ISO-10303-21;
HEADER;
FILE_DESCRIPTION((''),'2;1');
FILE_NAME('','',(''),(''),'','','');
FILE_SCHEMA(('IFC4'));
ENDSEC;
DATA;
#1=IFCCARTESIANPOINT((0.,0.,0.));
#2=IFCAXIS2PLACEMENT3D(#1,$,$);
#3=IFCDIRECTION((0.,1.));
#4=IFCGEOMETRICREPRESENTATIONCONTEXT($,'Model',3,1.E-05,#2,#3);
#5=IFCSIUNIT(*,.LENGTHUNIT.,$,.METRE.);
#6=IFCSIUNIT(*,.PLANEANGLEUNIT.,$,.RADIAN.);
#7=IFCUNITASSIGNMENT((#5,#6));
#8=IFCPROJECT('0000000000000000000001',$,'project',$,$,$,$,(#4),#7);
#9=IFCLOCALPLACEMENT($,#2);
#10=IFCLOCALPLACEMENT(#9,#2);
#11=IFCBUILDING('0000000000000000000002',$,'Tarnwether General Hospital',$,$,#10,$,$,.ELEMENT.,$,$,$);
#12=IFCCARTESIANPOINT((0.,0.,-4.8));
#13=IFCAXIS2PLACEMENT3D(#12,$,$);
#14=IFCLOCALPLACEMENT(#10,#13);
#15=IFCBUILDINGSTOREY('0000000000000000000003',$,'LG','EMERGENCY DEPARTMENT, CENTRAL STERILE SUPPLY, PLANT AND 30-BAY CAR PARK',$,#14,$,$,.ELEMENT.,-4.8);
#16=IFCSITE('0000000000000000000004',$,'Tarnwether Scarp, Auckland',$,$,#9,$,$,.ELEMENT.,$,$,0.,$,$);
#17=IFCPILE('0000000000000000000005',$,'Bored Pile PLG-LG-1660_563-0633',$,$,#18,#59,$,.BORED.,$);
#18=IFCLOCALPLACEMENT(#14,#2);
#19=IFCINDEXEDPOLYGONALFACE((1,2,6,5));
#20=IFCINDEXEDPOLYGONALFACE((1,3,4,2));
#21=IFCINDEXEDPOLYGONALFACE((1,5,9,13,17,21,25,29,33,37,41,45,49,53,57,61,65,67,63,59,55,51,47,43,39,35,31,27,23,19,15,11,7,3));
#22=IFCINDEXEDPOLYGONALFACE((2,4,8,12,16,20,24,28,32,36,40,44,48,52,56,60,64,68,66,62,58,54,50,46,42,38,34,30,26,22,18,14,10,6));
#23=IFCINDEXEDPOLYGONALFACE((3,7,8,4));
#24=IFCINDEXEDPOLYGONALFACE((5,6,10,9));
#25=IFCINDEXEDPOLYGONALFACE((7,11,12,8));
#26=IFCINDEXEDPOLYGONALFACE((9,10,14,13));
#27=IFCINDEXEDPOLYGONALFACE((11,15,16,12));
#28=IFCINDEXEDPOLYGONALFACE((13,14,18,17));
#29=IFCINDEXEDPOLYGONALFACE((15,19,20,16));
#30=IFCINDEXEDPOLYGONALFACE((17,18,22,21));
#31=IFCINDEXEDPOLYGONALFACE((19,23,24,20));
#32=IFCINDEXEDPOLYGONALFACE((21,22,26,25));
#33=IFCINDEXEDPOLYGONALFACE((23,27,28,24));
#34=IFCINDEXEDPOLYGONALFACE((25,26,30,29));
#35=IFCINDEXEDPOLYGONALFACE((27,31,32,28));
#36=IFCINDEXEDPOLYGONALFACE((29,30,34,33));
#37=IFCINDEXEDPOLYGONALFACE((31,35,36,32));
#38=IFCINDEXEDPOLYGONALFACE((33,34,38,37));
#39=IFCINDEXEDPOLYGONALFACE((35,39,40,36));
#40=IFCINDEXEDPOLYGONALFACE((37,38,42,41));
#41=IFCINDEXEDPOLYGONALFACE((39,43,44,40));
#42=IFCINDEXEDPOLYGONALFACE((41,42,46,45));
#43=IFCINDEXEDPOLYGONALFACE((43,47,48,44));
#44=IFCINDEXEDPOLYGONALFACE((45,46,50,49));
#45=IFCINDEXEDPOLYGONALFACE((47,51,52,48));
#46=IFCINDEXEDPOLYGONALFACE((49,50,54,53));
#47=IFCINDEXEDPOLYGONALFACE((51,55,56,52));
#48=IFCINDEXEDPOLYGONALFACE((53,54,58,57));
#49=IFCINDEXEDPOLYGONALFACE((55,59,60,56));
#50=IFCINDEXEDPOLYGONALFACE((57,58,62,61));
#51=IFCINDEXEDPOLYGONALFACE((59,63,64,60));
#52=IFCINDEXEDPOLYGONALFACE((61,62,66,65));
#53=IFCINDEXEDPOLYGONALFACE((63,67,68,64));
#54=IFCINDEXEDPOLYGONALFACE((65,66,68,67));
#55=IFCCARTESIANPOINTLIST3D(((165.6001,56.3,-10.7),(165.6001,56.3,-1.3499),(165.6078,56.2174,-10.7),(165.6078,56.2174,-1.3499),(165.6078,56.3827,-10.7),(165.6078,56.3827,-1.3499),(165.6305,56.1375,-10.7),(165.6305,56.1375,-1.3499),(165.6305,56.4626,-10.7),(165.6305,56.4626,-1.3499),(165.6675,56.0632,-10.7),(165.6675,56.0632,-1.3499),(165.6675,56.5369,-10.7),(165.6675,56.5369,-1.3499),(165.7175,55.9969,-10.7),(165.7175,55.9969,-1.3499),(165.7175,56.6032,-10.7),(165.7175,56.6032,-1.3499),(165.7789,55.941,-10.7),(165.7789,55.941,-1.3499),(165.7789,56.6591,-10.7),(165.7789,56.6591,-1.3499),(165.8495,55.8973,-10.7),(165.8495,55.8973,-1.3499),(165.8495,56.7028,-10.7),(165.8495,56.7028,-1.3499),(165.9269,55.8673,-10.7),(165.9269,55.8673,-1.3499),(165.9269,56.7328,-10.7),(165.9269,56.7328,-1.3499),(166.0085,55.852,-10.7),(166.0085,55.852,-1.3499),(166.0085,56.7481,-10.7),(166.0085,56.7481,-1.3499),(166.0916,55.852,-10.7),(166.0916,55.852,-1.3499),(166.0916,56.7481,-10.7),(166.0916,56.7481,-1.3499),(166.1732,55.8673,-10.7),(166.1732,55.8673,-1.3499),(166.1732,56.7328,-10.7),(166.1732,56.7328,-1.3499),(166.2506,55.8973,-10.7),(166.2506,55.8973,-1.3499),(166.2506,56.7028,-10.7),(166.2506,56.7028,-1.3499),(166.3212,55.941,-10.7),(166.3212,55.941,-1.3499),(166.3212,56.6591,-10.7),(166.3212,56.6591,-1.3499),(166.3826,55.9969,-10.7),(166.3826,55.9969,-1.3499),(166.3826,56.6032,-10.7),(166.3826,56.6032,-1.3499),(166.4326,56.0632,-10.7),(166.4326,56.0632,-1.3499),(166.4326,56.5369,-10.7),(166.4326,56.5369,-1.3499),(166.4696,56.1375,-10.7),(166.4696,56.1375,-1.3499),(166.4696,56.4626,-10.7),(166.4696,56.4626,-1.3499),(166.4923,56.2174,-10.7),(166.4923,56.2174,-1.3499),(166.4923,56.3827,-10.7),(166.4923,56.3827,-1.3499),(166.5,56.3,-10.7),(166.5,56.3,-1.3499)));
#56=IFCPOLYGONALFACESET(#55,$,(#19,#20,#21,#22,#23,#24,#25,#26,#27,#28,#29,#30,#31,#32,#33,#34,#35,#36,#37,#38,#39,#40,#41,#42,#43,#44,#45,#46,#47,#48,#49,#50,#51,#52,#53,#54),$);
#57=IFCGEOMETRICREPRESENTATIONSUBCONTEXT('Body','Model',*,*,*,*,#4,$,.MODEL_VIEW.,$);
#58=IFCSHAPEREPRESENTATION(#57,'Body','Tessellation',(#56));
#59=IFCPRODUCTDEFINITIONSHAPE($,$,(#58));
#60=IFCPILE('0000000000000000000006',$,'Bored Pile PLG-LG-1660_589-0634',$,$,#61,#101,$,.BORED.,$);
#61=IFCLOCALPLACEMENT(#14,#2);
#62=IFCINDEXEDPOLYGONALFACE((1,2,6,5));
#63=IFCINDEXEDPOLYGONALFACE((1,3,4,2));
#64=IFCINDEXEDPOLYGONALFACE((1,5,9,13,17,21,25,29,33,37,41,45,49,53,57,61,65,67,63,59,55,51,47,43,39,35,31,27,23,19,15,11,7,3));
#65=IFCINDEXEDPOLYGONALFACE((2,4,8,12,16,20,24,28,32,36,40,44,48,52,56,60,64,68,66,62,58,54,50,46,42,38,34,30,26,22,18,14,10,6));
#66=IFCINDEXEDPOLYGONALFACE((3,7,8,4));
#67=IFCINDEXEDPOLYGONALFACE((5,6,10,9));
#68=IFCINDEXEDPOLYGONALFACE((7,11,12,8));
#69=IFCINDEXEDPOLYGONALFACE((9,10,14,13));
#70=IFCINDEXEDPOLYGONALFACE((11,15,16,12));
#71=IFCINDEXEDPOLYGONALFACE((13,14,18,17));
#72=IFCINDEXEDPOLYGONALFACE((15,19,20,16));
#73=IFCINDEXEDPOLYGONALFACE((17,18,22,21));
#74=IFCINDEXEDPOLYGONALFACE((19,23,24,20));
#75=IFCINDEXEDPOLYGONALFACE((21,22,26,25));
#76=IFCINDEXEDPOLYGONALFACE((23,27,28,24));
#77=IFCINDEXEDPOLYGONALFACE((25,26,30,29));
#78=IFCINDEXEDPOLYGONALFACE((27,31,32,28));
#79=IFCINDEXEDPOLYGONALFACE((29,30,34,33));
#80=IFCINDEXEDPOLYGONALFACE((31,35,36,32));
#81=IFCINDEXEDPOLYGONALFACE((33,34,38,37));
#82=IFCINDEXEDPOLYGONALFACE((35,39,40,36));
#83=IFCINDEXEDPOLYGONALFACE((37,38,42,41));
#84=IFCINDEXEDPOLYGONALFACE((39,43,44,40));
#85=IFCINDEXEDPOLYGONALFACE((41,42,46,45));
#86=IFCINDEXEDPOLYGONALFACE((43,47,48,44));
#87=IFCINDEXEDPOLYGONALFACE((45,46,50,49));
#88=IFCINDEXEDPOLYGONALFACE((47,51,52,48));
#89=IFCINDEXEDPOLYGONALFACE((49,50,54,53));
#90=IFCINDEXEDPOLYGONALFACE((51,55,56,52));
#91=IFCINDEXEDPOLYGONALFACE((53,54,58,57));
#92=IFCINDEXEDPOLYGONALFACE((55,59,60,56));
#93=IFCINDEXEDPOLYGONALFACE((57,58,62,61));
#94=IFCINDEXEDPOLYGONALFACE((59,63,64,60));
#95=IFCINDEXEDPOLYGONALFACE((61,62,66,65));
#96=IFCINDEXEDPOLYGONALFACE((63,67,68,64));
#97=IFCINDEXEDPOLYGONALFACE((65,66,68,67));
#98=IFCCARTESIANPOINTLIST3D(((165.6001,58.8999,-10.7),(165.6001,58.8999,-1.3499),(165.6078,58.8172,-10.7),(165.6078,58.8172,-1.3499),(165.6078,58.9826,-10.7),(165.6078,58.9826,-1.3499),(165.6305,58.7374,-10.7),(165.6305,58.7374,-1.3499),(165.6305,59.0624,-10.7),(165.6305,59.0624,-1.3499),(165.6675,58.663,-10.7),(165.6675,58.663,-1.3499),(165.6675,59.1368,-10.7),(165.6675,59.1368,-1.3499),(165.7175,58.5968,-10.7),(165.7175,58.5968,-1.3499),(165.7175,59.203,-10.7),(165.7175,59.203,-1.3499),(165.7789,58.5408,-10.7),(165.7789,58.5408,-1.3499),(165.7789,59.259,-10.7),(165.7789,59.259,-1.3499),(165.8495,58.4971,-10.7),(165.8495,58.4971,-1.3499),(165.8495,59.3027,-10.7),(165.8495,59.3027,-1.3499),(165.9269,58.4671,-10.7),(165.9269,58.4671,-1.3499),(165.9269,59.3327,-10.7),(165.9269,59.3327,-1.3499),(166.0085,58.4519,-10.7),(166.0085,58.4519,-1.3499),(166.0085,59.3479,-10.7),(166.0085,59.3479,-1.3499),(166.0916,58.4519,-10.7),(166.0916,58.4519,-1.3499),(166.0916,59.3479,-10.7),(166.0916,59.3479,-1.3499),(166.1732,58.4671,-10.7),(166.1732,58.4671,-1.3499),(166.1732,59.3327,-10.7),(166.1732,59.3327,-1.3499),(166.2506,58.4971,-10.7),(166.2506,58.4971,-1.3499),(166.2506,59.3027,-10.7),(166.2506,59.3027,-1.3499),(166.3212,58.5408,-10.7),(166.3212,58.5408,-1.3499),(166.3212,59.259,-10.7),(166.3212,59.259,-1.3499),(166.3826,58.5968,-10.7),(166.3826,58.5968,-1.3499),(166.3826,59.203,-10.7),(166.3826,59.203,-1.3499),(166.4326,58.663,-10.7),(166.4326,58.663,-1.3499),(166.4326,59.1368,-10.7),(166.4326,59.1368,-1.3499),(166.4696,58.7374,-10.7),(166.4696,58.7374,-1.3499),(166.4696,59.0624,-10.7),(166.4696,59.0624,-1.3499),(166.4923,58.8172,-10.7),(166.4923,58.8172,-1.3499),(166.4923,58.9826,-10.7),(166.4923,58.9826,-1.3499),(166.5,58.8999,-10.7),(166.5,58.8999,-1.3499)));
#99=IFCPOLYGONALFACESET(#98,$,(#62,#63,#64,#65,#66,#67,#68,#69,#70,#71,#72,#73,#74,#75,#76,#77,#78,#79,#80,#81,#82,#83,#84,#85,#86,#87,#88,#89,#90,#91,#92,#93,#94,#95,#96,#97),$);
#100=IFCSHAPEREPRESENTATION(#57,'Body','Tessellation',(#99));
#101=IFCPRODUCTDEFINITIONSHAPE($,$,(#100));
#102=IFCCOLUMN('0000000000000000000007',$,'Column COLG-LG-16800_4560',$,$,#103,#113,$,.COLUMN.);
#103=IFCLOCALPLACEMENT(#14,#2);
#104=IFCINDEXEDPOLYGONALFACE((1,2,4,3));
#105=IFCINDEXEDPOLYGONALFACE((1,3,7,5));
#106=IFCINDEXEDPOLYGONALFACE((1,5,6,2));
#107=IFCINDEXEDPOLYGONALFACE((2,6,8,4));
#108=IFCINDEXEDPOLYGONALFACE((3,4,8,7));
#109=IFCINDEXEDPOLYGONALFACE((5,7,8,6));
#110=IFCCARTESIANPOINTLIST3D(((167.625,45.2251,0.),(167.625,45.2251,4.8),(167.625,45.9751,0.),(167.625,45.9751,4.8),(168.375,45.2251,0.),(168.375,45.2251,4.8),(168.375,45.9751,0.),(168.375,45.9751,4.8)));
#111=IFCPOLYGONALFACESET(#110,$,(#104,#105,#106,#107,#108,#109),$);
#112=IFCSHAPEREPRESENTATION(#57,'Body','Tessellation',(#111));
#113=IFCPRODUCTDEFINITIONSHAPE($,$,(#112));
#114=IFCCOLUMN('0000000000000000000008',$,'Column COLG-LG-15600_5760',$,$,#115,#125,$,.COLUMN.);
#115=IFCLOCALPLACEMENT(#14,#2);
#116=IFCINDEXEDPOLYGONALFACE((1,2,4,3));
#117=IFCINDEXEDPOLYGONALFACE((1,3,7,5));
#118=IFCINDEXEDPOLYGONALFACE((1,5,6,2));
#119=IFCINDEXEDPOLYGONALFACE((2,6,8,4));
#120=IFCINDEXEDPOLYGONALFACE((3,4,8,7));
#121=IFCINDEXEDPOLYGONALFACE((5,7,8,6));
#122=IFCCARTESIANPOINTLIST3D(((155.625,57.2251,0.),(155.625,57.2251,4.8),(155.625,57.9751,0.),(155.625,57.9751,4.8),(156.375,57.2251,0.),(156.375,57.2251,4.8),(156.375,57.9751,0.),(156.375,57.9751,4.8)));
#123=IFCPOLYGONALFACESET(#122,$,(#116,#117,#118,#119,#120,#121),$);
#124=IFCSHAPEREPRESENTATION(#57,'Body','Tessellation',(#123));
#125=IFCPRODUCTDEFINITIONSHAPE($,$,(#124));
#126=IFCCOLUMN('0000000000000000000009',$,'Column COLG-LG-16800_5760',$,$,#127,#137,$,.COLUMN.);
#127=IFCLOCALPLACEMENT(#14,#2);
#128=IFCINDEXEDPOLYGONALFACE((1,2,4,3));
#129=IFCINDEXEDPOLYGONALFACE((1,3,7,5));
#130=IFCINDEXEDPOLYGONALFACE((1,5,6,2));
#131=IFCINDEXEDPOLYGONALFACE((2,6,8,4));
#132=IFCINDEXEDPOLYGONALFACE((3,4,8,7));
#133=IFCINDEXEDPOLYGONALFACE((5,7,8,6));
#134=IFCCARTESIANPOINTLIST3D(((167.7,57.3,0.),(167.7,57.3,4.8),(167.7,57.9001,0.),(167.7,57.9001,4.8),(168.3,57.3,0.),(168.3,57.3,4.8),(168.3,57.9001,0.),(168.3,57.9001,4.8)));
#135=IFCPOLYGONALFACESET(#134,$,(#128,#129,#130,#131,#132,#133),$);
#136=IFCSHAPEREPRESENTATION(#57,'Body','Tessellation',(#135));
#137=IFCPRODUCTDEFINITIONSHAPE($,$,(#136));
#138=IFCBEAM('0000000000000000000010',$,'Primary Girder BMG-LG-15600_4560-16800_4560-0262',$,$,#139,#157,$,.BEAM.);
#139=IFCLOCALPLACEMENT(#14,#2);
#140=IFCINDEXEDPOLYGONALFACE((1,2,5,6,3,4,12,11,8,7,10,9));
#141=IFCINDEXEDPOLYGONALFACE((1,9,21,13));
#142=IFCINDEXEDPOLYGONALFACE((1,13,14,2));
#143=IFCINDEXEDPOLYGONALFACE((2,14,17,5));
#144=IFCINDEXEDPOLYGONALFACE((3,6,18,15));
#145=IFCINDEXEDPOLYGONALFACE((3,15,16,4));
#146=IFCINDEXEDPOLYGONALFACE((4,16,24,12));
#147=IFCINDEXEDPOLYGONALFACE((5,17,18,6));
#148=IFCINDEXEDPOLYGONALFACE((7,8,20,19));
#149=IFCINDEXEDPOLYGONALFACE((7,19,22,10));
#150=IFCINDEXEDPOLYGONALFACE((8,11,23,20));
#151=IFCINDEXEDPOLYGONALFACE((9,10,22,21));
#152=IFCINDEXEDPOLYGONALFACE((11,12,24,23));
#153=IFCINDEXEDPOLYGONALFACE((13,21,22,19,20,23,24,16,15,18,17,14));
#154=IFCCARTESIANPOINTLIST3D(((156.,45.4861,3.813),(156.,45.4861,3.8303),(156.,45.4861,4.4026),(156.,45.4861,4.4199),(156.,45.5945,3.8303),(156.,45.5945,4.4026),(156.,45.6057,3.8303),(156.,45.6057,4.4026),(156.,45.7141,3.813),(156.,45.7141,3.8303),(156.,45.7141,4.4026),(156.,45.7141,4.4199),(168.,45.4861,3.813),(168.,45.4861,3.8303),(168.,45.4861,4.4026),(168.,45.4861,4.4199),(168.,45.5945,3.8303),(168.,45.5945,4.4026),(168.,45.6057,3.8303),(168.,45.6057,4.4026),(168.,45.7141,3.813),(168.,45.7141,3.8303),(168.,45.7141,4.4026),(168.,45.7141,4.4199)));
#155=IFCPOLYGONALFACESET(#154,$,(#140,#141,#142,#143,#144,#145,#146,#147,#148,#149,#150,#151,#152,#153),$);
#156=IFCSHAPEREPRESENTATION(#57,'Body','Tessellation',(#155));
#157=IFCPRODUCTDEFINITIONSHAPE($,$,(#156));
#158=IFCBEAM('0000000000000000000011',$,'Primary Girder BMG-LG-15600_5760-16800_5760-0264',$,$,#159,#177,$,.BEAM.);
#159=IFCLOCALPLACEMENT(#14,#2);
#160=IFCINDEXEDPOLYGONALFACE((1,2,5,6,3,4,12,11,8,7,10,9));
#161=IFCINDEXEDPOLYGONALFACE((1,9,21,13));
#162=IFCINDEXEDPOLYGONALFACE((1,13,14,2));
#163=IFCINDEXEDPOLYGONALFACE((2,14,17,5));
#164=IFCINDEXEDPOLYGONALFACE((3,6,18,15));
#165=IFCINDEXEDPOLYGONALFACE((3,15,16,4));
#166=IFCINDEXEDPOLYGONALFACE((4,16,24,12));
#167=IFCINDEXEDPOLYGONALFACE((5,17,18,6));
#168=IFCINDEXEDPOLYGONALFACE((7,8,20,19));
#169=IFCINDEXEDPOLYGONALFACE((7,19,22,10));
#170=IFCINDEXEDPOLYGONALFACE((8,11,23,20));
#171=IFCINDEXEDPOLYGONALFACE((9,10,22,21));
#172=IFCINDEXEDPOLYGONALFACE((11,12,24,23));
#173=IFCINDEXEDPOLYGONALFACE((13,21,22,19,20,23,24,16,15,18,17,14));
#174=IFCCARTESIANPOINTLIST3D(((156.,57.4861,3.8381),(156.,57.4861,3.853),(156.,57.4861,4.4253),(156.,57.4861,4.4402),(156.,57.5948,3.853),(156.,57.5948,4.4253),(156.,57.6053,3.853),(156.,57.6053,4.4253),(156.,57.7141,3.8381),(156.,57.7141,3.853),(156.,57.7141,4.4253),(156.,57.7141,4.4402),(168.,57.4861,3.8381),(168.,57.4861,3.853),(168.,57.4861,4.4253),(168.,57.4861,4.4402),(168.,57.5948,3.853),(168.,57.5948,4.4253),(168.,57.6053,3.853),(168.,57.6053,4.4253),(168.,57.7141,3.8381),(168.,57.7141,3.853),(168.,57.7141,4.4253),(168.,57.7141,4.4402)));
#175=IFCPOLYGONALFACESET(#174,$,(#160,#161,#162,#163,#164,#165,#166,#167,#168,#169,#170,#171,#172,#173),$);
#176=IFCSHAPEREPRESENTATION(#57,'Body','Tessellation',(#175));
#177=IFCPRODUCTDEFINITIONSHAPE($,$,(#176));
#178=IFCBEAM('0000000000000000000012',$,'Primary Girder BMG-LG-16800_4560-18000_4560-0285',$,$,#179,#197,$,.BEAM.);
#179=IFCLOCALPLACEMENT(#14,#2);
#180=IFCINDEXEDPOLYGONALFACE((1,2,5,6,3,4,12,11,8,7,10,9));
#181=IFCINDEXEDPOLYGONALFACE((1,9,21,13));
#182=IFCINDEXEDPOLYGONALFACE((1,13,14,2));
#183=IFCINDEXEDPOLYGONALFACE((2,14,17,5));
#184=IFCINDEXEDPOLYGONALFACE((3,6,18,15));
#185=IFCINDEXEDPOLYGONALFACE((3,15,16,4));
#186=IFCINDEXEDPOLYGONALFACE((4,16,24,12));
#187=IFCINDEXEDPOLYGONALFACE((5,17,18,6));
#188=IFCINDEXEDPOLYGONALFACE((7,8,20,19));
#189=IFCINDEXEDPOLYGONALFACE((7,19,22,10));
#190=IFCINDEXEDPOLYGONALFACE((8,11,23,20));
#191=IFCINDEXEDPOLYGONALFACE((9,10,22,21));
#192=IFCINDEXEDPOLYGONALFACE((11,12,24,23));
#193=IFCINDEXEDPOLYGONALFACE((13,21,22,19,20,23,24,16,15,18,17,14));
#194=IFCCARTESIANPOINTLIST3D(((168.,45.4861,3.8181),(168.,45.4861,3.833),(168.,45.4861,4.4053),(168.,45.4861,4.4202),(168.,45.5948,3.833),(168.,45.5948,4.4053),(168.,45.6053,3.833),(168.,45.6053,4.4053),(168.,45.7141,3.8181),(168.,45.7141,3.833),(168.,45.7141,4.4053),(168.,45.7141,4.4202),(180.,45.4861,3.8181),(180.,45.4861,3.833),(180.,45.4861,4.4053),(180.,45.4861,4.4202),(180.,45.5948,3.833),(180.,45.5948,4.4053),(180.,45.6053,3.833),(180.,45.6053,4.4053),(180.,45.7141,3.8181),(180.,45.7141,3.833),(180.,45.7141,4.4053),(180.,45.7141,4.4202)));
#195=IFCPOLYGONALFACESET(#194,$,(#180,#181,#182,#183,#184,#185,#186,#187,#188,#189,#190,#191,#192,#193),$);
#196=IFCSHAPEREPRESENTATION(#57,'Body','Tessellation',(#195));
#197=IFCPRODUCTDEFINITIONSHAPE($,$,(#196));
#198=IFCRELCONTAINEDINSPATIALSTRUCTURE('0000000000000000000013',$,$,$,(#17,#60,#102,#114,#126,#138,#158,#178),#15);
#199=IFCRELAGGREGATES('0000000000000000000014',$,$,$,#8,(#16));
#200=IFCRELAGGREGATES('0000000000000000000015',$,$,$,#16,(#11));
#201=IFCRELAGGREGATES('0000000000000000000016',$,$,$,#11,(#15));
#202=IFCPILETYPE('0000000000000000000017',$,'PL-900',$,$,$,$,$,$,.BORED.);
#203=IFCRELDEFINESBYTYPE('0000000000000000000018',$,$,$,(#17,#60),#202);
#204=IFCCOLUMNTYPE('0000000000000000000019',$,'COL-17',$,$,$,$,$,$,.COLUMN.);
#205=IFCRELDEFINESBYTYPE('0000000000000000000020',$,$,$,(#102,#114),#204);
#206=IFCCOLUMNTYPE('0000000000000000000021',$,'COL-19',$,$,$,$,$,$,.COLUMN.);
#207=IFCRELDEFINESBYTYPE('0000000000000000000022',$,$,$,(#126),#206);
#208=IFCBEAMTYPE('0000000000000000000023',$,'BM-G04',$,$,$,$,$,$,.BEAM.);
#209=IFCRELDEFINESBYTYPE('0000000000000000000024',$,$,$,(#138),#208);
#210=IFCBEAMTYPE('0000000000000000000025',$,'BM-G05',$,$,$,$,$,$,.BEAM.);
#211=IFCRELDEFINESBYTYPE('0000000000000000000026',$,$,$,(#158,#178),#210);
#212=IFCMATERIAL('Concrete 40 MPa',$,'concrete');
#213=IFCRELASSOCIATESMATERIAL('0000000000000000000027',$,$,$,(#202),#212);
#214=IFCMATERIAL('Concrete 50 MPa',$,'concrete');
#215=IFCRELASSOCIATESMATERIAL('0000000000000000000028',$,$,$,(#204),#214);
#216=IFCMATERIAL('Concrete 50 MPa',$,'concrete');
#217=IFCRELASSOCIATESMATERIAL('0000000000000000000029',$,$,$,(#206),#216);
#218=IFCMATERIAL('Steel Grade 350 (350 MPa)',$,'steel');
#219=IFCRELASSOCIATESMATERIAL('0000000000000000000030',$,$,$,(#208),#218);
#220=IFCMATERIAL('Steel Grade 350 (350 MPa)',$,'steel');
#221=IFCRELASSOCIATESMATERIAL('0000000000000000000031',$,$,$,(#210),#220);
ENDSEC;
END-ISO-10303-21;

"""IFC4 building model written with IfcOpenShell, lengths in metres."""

from ifc_helpers import new_model, si_unit, direction, frame, origin, origin_2d, place, context, subcontext, project, spatial, rectangle, circle, i_section, extrude, material, material_profile, profile_set, type_object, element, save


model = new_model("IFC4")

# Units and contexts
model_context = context("Model", 3, precision=1e-05, world=origin(), true_north=direction((0.0, 1.0)))
body_context = subcontext(model_context, "Body", "Model", "MODEL_VIEW")
ifc_project = project(units=[si_unit("LENGTHUNIT", "METRE"), si_unit("PLANEANGLEUNIT", "RADIAN")], contexts=[model_context])

# Site, building, storey
site_placement = place(None, origin())
site = spatial("IfcSite", under=ifc_project, at=site_placement, Name="Tarnwether Scarp, Auckland", CompositionType="ELEMENT", RefElevation=0.0)
building_placement = place(site_placement, origin())
building = spatial("IfcBuilding", under=site, at=building_placement, Name="Tarnwether General Hospital", CompositionType="ELEMENT")
storey_placement = place(building_placement, frame((0.0, 0.0, -4.8)))
storey = spatial("IfcBuildingStorey", under=building, at=storey_placement, Name="LG", Description="EMERGENCY DEPARTMENT, CENTRAL STERILE SUPPLY, PLANT AND 30-BAY CAR PARK", CompositionType="ELEMENT", Elevation=-4.8)

# Piles
ifc_material_1 = material(Name="Concrete 40 MPa", Category="concrete")
ifc_material_profile_1 = material_profile(ifc_material_1, circle(Radius=0.45, at=origin_2d()), Name="PILE-D900")
ifc_profile_set_1 = profile_set([ifc_material_profile_1], Name="Concrete 40 MPa")
pile_type_1 = type_object("IfcPileType", Name="PL-900", PredefinedType="BORED", material=ifc_profile_set_1)
for number, where, z_axis, x_axis, name in (
    (1, (166.05, 56.3, -1.3499), (0.0, 0.0, -1.0), (1.0, 0.0, 0.0), "Bored Pile PLG-LG-1660_563-0633"),
    (2, (166.05, 58.8999, -1.3499), (0.0, 0.0, -1.0), (1.0, 0.0, 0.0), "Bored Pile PLG-LG-1660_589-0634"),
):
    element("IfcPile", number, at=place(storey_placement, frame(where, z_axis=z_axis, x_axis=x_axis)), inside=storey, type_object=pile_type_1, Name=name, PredefinedType="BORED", context=body_context, shape_type="SweptSolid", body=[
        extrude(circle(Radius=0.45, at=origin_2d()), origin(), (0.0, 0.0, 1.0), 9.3501),
    ])

# Columns
ifc_material_2 = material(Name="Concrete 50 MPa", Category="concrete")
ifc_material_profile_2 = material_profile(ifc_material_2, rectangle(XDim=0.75, YDim=0.75, at=origin_2d()), Name="RC-COL-750x750")
ifc_profile_set_2 = profile_set([ifc_material_profile_2], Name="Concrete 50 MPa")
column_type_1 = type_object("IfcColumnType", Name="COL-17", PredefinedType="COLUMN", material=ifc_profile_set_2)
for number, where, z_axis, x_axis, name in (
    (3, (168.0, 45.6001, 0.0), (0.0, 0.0, 1.0), (1.0, 0.0, 0.0), "Column COLG-LG-16800_4560"),
    (4, (156.0, 57.6001, 0.0), (0.0, 0.0, 1.0), (1.0, 0.0, 0.0), "Column COLG-LG-15600_5760"),
):
    element("IfcColumn", number, at=place(storey_placement, frame(where, z_axis=z_axis, x_axis=x_axis)), inside=storey, type_object=column_type_1, Name=name, PredefinedType="COLUMN", context=body_context, shape_type="SweptSolid", body=[
        extrude(rectangle(XDim=0.75, YDim=0.75, at=origin_2d()), origin(), (0.0, 0.0, 1.0), 4.8),
    ])
ifc_material_3 = material(Name="Concrete 50 MPa", Category="concrete")
ifc_material_profile_3 = material_profile(ifc_material_3, rectangle(XDim=0.6001, YDim=0.6001, at=origin_2d()), Name="RC-COL-600x600")
ifc_profile_set_3 = profile_set([ifc_material_profile_3], Name="Concrete 50 MPa")
column_type_2 = type_object("IfcColumnType", Name="COL-19", PredefinedType="COLUMN", material=ifc_profile_set_3)
column_placement = place(storey_placement, frame((168.0, 57.6001, 0.0), z_axis=(0.0, 0.0, 1.0), x_axis=(1.0, 0.0, 0.0)))
element("IfcColumn", 5, at=column_placement, inside=storey, type_object=column_type_2, Name="Column COLG-LG-16800_5760", PredefinedType="COLUMN", context=body_context, shape_type="SweptSolid", body=[
    extrude(rectangle(XDim=0.6001, YDim=0.6001, at=origin_2d()), origin(), (0.0, 0.0, 1.0), 4.8),
])

# Beams
ifc_material_4 = material(Name="Steel Grade 350 (350 MPa)", Category="steel")
ifc_material_profile_4 = material_profile(ifc_material_4, i_section(OverallWidth=0.228, OverallDepth=0.6069, WebThickness=0.0112, FlangeThickness=0.0173, at=origin_2d()), Name="610UB113")
ifc_profile_set_4 = profile_set([ifc_material_profile_4], Name="Steel Grade 350 (350 MPa)")
beam_type_1 = type_object("IfcBeamType", Name="BM-G04", PredefinedType="BEAM", material=ifc_profile_set_4)
beam_1_placement = place(storey_placement, frame((156.0, 45.6001, 4.1165), z_axis=(1.0, 0.0, 0.0), x_axis=(0.0, 1.0, 0.0)))
element("IfcBeam", 6, at=beam_1_placement, inside=storey, type_object=beam_type_1, Name="Primary Girder BMG-LG-15600_4560-16800_4560-0262", PredefinedType="BEAM", context=body_context, shape_type="SweptSolid", body=[
    extrude(i_section(OverallWidth=0.228, OverallDepth=0.6069, WebThickness=0.0112, FlangeThickness=0.0173, at=origin_2d()), origin(), (0.0, 0.0, 1.0), 12.0),
])
ifc_material_5 = material(Name="Steel Grade 350 (350 MPa)", Category="steel")
ifc_material_profile_5 = material_profile(ifc_material_5, i_section(OverallWidth=0.228, OverallDepth=0.6021, WebThickness=0.0105, FlangeThickness=0.0149, at=origin_2d()), Name="610UB101")
ifc_profile_set_5 = profile_set([ifc_material_profile_5], Name="Steel Grade 350 (350 MPa)")
beam_type_2 = type_object("IfcBeamType", Name="BM-G05", PredefinedType="BEAM", material=ifc_profile_set_5)
for number, where, z_axis, x_axis, name in (
    (7, (156.0, 57.6001, 4.1392), (1.0, 0.0, 0.0), (0.0, 1.0, 0.0), "Primary Girder BMG-LG-15600_5760-16800_5760-0264"),
    (8, (168.0, 45.6001, 4.1191), (1.0, 0.0, 0.0), (0.0, 1.0, 0.0), "Primary Girder BMG-LG-16800_4560-18000_4560-0285"),
):
    element("IfcBeam", number, at=place(storey_placement, frame(where, z_axis=z_axis, x_axis=x_axis)), inside=storey, type_object=beam_type_2, Name=name, PredefinedType="BEAM", context=body_context, shape_type="SweptSolid", body=[
        extrude(i_section(OverallWidth=0.228, OverallDepth=0.6021, WebThickness=0.0105, FlangeThickness=0.0149, at=origin_2d()), origin(), (0.0, 0.0, 1.0), 12.0),
    ])

save(model, "model.ifc")
